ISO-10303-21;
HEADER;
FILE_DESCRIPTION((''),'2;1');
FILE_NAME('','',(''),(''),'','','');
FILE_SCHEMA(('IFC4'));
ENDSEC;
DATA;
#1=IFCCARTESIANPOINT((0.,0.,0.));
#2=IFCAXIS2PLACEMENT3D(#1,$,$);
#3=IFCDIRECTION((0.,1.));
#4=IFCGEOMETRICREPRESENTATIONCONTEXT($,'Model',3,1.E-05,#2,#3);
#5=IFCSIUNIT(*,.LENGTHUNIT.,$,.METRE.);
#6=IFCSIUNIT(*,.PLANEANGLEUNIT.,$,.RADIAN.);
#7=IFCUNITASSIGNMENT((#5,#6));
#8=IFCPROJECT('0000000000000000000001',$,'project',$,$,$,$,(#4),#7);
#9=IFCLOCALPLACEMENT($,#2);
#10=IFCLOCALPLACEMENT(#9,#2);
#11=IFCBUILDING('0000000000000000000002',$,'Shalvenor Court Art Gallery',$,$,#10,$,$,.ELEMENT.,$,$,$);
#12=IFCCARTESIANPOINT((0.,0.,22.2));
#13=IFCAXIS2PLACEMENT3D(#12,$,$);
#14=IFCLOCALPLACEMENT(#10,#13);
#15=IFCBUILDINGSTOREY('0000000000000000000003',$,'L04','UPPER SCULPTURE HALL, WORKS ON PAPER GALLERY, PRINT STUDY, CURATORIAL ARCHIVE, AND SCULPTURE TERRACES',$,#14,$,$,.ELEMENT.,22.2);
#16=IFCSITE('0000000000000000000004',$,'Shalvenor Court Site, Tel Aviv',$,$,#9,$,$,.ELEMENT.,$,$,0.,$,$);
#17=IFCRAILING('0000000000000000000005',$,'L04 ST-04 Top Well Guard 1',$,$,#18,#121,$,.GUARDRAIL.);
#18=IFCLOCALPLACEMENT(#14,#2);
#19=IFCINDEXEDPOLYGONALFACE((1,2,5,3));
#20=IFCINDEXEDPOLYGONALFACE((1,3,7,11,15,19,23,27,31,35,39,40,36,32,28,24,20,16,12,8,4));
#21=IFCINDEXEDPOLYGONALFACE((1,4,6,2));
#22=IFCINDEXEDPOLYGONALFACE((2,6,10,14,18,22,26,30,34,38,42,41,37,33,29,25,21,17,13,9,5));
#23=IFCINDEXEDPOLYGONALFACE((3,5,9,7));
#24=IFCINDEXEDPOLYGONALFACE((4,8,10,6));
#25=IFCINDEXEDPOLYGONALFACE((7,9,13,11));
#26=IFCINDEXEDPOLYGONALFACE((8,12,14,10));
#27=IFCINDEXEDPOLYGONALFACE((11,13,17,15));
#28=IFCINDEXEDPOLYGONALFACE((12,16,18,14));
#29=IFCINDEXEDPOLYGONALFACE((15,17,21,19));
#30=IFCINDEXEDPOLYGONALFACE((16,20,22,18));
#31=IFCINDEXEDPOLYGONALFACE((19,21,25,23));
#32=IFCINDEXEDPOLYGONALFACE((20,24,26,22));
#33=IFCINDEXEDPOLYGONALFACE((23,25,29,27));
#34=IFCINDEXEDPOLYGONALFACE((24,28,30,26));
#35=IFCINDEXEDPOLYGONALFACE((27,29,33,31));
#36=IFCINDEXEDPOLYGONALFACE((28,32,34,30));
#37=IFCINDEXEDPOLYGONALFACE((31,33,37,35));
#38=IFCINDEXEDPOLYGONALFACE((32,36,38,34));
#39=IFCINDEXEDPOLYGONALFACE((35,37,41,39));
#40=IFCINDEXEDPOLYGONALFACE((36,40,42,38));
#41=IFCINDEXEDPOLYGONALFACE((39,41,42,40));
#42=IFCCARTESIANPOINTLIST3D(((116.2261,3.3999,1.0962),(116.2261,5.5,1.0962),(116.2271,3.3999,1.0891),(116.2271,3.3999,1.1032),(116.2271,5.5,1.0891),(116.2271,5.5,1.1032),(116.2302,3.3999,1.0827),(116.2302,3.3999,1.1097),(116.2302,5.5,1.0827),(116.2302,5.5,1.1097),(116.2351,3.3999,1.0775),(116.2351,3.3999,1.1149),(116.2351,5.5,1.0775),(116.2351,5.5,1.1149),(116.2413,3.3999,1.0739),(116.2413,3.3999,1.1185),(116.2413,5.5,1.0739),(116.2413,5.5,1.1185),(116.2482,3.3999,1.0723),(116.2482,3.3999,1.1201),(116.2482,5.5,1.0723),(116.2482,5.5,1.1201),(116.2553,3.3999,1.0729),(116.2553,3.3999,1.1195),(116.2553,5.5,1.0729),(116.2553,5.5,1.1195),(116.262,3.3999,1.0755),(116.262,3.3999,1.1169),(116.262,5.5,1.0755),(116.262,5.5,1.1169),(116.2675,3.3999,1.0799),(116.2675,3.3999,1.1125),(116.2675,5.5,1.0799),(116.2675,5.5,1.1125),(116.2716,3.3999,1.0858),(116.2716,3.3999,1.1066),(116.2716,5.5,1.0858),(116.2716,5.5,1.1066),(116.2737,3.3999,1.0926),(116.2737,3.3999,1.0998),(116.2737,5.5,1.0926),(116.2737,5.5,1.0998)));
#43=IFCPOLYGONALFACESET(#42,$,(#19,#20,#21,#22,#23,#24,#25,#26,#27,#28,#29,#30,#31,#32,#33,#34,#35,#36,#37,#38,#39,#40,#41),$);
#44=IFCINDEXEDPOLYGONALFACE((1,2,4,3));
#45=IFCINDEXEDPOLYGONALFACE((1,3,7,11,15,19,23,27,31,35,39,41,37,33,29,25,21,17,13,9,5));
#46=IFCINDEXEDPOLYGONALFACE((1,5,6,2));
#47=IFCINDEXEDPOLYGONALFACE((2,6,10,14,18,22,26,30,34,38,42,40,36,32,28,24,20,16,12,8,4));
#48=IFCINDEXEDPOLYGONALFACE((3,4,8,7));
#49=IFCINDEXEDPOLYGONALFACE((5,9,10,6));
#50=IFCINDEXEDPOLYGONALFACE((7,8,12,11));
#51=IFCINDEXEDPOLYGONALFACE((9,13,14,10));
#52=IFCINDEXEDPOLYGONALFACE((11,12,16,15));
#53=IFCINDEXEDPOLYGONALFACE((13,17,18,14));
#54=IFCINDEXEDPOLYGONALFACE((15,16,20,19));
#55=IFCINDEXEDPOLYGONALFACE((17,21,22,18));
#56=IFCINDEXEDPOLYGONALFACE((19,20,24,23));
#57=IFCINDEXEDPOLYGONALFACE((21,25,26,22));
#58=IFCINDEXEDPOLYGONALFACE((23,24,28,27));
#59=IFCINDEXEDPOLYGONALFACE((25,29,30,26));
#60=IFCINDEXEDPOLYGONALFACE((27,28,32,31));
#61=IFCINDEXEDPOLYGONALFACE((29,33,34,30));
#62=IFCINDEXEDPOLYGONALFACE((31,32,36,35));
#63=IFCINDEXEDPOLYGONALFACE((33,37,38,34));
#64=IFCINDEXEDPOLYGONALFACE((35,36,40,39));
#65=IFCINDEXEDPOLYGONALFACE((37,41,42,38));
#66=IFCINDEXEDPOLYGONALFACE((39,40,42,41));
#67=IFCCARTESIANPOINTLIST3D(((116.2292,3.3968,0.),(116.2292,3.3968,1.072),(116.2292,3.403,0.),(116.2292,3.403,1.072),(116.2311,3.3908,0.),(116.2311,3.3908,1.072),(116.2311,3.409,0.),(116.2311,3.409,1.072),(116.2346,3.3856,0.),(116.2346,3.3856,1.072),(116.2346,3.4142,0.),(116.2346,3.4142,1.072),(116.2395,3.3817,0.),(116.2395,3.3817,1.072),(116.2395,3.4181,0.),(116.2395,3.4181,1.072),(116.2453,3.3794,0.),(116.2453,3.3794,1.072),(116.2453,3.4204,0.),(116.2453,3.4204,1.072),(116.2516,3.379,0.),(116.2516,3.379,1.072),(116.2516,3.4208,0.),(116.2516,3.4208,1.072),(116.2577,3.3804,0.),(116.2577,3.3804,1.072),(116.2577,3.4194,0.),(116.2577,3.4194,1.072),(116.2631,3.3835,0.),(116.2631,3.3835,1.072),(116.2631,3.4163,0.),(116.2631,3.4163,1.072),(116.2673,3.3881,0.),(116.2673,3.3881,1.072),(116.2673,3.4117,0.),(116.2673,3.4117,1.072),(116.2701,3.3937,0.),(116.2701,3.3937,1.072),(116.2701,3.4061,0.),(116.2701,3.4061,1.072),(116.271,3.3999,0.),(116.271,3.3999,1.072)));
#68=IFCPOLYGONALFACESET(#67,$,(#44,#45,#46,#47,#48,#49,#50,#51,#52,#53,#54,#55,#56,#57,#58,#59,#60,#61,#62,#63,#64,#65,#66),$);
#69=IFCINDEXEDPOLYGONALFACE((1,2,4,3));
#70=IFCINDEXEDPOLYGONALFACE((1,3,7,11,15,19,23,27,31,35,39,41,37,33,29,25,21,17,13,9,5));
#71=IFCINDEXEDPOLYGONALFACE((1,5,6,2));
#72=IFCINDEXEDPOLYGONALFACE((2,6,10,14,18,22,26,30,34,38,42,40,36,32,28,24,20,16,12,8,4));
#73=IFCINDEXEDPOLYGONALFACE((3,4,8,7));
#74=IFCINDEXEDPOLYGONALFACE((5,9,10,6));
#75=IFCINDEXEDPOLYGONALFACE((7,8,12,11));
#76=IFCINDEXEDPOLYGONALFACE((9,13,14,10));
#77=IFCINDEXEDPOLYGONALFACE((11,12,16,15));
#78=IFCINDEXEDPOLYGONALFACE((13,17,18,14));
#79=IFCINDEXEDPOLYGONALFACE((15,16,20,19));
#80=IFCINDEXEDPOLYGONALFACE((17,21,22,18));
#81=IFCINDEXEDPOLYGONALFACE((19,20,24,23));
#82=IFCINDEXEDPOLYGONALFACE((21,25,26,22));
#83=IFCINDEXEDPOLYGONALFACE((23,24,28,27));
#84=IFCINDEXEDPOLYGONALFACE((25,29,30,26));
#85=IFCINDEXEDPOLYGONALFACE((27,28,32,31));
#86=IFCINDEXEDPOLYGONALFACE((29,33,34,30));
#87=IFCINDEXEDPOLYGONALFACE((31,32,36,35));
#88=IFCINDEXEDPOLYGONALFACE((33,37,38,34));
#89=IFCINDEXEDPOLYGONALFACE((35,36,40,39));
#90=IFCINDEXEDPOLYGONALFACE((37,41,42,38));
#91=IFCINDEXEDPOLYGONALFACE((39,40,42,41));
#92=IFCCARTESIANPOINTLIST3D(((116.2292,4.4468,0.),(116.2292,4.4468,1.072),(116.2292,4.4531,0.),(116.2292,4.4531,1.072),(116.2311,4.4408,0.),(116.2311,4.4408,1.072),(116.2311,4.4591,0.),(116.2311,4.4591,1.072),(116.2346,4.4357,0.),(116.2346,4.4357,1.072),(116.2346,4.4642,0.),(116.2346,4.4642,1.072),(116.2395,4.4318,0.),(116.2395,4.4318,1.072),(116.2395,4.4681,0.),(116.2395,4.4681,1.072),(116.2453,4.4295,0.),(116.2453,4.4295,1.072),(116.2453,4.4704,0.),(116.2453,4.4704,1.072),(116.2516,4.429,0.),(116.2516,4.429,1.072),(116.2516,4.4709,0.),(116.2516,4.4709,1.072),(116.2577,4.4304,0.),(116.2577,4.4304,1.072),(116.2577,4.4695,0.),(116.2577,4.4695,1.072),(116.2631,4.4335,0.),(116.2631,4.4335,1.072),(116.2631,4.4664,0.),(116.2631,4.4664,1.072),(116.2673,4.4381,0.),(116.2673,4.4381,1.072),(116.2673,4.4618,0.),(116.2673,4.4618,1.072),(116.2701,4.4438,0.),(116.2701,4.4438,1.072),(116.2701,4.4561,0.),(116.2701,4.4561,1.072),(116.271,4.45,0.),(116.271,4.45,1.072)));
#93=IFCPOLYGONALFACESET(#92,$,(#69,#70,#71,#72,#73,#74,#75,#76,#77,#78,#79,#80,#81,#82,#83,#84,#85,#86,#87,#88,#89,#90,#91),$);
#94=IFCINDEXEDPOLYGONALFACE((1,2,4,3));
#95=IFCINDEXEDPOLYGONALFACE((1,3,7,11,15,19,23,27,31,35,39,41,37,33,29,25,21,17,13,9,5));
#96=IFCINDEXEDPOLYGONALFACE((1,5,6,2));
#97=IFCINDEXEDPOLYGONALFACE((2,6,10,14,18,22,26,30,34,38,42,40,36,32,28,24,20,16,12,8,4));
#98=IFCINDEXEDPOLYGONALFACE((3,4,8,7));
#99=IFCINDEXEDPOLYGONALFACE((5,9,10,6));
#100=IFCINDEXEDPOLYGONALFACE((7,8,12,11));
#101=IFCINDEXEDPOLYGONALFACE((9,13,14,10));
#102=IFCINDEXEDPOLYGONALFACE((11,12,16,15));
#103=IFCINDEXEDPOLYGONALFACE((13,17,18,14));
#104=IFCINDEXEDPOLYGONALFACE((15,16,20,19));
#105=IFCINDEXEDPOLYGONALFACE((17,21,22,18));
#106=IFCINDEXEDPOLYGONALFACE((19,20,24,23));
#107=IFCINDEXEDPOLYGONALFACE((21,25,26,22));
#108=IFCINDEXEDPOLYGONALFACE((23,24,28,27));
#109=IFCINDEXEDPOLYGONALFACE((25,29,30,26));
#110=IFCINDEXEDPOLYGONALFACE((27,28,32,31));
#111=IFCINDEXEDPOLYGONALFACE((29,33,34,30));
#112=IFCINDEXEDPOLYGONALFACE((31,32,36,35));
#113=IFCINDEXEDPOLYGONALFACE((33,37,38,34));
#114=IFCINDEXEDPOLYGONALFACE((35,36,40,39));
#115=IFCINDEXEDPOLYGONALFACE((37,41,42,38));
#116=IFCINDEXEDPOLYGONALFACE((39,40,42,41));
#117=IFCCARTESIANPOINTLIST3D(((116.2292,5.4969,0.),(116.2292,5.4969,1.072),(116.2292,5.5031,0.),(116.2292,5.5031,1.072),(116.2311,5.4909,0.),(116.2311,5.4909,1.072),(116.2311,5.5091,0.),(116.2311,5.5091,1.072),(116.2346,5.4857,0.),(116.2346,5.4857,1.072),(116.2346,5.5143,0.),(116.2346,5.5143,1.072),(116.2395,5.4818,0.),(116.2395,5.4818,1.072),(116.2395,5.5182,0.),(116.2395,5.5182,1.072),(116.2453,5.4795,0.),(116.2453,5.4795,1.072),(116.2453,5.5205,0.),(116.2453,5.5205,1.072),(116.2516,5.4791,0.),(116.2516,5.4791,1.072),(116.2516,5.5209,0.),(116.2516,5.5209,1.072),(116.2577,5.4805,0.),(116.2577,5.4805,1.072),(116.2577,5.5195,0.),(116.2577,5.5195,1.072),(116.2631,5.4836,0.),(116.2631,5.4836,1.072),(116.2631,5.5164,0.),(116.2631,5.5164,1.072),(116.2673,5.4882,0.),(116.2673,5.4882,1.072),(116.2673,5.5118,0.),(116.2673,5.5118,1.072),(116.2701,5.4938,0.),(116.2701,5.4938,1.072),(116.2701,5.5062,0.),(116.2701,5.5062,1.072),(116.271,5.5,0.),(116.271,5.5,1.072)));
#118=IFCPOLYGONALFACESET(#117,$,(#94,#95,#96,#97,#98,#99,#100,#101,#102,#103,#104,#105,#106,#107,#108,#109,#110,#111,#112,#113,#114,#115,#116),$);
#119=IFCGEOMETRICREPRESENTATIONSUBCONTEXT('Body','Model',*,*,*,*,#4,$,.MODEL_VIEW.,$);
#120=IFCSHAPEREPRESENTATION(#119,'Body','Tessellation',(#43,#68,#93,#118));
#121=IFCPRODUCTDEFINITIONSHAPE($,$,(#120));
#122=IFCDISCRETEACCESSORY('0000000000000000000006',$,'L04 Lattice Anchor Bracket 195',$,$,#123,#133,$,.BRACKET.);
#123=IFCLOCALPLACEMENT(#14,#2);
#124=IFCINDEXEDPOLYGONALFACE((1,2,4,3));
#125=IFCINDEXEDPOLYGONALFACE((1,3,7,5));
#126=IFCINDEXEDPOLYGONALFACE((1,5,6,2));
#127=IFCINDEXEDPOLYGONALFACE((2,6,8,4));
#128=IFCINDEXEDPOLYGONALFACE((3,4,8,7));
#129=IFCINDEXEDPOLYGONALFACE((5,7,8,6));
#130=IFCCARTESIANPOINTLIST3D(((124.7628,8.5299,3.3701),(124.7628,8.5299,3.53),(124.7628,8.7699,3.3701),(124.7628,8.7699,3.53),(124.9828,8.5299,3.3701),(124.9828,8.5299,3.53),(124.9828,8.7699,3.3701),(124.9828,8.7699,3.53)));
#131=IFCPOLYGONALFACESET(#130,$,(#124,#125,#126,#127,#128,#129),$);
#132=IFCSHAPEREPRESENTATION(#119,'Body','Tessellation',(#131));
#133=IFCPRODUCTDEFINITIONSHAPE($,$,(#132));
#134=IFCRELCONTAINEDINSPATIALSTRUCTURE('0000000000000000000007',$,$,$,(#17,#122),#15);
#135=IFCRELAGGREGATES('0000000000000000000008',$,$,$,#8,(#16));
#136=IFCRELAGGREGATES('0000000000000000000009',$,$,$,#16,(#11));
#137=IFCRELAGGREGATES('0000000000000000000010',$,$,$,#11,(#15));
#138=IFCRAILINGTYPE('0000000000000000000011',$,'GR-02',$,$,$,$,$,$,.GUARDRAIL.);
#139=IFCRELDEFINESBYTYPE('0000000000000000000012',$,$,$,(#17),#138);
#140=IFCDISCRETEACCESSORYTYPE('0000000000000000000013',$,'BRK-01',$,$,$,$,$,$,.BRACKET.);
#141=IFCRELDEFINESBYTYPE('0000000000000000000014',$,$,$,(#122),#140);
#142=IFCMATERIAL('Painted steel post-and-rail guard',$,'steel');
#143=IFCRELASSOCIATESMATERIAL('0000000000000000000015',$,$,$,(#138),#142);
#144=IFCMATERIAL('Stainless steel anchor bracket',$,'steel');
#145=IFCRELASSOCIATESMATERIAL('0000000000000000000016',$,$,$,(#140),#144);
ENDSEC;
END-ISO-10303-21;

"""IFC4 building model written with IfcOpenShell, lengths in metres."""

from ifc_helpers import new_model, si_unit, direction, frame, origin, origin_2d, place, context, subcontext, project, spatial, rectangle, circle, extrude, material, type_object, element, save


model = new_model("IFC4")

# Units and contexts
model_context = context("Model", 3, precision=1e-05, world=origin(), true_north=direction((0.0, 1.0)))
body_context = subcontext(model_context, "Body", "Model", "MODEL_VIEW")
ifc_project = project(units=[si_unit("LENGTHUNIT", "METRE"), si_unit("PLANEANGLEUNIT", "RADIAN")], contexts=[model_context])

# Site, building, storey
site_placement = place(None, origin())
site = spatial("IfcSite", under=ifc_project, at=site_placement, Name="Shalvenor Court Site, Tel Aviv", CompositionType="ELEMENT", RefElevation=0.0)
building_placement = place(site_placement, origin())
building = spatial("IfcBuilding", under=site, at=building_placement, Name="Shalvenor Court Art Gallery", CompositionType="ELEMENT")
storey_placement = place(building_placement, frame((0.0, 0.0, 22.2)))
storey = spatial("IfcBuildingStorey", under=building, at=storey_placement, Name="L04", Description="UPPER SCULPTURE HALL, WORKS ON PAPER GALLERY, PRINT STUDY, CURATORIAL ARCHIVE, AND SCULPTURE TERRACES", CompositionType="ELEMENT", Elevation=22.2)

# Railing
ifc_material_1 = material(Name="Painted steel post-and-rail guard", Category="steel")
railing_type_1 = type_object("IfcRailingType", Name="GR-02", PredefinedType="GUARDRAIL", material=ifc_material_1)
railing_1_placement = place(storey_placement, frame((116.25, 3.3999, 0.0)))
element("IfcRailing", 1, at=railing_1_placement, inside=storey, type_object=railing_type_1, Name="L04 ST-04 Top Well Guard 1", PredefinedType="GUARDRAIL", context=body_context, shape_type="SweptSolid", body=[
    extrude(circle(Radius=0.0239, at=origin_2d()), frame((0.0, 0.0, 1.0962), z_axis=(0.0, 1.0, 0.0), x_axis=(-1.0, 0.0, 0.0)), (0.0, 0.0, 1.0), 2.1001),
    extrude(circle(Radius=0.021, at=origin_2d()), origin(), (0.0, 0.0, 1.0), 1.072),
    extrude(circle(Radius=0.021, at=origin_2d()), frame((0.0, 1.05, 0.0)), (0.0, 0.0, 1.0), 1.072),
    extrude(circle(Radius=0.021, at=origin_2d()), frame((0.0, 2.1001, 0.0)), (0.0, 0.0, 1.0), 1.072),
])

# Discrete accessory
ifc_material_2 = material(Name="Stainless steel anchor bracket", Category="steel")
discrete_accessory_type = type_object("IfcDiscreteAccessoryType", Name="BRK-01", PredefinedType="BRACKET", material=ifc_material_2)
discrete_accessory_placement = place(storey_placement, frame((124.8728, 8.6499, 3.3701), z_axis=(0.0, 0.0, 1.0), x_axis=(0.0, -1.0, 0.0)))
element("IfcDiscreteAccessory", 2, at=discrete_accessory_placement, inside=storey, type_object=discrete_accessory_type, Name="L04 Lattice Anchor Bracket 195", PredefinedType="BRACKET", context=body_context, shape_type="SweptSolid", body=[
    extrude(rectangle(XDim=0.24, YDim=0.22, at=origin_2d()), origin(), (0.0, 0.0, 1.0), 0.1599),
])

save(model, "model.ifc")
